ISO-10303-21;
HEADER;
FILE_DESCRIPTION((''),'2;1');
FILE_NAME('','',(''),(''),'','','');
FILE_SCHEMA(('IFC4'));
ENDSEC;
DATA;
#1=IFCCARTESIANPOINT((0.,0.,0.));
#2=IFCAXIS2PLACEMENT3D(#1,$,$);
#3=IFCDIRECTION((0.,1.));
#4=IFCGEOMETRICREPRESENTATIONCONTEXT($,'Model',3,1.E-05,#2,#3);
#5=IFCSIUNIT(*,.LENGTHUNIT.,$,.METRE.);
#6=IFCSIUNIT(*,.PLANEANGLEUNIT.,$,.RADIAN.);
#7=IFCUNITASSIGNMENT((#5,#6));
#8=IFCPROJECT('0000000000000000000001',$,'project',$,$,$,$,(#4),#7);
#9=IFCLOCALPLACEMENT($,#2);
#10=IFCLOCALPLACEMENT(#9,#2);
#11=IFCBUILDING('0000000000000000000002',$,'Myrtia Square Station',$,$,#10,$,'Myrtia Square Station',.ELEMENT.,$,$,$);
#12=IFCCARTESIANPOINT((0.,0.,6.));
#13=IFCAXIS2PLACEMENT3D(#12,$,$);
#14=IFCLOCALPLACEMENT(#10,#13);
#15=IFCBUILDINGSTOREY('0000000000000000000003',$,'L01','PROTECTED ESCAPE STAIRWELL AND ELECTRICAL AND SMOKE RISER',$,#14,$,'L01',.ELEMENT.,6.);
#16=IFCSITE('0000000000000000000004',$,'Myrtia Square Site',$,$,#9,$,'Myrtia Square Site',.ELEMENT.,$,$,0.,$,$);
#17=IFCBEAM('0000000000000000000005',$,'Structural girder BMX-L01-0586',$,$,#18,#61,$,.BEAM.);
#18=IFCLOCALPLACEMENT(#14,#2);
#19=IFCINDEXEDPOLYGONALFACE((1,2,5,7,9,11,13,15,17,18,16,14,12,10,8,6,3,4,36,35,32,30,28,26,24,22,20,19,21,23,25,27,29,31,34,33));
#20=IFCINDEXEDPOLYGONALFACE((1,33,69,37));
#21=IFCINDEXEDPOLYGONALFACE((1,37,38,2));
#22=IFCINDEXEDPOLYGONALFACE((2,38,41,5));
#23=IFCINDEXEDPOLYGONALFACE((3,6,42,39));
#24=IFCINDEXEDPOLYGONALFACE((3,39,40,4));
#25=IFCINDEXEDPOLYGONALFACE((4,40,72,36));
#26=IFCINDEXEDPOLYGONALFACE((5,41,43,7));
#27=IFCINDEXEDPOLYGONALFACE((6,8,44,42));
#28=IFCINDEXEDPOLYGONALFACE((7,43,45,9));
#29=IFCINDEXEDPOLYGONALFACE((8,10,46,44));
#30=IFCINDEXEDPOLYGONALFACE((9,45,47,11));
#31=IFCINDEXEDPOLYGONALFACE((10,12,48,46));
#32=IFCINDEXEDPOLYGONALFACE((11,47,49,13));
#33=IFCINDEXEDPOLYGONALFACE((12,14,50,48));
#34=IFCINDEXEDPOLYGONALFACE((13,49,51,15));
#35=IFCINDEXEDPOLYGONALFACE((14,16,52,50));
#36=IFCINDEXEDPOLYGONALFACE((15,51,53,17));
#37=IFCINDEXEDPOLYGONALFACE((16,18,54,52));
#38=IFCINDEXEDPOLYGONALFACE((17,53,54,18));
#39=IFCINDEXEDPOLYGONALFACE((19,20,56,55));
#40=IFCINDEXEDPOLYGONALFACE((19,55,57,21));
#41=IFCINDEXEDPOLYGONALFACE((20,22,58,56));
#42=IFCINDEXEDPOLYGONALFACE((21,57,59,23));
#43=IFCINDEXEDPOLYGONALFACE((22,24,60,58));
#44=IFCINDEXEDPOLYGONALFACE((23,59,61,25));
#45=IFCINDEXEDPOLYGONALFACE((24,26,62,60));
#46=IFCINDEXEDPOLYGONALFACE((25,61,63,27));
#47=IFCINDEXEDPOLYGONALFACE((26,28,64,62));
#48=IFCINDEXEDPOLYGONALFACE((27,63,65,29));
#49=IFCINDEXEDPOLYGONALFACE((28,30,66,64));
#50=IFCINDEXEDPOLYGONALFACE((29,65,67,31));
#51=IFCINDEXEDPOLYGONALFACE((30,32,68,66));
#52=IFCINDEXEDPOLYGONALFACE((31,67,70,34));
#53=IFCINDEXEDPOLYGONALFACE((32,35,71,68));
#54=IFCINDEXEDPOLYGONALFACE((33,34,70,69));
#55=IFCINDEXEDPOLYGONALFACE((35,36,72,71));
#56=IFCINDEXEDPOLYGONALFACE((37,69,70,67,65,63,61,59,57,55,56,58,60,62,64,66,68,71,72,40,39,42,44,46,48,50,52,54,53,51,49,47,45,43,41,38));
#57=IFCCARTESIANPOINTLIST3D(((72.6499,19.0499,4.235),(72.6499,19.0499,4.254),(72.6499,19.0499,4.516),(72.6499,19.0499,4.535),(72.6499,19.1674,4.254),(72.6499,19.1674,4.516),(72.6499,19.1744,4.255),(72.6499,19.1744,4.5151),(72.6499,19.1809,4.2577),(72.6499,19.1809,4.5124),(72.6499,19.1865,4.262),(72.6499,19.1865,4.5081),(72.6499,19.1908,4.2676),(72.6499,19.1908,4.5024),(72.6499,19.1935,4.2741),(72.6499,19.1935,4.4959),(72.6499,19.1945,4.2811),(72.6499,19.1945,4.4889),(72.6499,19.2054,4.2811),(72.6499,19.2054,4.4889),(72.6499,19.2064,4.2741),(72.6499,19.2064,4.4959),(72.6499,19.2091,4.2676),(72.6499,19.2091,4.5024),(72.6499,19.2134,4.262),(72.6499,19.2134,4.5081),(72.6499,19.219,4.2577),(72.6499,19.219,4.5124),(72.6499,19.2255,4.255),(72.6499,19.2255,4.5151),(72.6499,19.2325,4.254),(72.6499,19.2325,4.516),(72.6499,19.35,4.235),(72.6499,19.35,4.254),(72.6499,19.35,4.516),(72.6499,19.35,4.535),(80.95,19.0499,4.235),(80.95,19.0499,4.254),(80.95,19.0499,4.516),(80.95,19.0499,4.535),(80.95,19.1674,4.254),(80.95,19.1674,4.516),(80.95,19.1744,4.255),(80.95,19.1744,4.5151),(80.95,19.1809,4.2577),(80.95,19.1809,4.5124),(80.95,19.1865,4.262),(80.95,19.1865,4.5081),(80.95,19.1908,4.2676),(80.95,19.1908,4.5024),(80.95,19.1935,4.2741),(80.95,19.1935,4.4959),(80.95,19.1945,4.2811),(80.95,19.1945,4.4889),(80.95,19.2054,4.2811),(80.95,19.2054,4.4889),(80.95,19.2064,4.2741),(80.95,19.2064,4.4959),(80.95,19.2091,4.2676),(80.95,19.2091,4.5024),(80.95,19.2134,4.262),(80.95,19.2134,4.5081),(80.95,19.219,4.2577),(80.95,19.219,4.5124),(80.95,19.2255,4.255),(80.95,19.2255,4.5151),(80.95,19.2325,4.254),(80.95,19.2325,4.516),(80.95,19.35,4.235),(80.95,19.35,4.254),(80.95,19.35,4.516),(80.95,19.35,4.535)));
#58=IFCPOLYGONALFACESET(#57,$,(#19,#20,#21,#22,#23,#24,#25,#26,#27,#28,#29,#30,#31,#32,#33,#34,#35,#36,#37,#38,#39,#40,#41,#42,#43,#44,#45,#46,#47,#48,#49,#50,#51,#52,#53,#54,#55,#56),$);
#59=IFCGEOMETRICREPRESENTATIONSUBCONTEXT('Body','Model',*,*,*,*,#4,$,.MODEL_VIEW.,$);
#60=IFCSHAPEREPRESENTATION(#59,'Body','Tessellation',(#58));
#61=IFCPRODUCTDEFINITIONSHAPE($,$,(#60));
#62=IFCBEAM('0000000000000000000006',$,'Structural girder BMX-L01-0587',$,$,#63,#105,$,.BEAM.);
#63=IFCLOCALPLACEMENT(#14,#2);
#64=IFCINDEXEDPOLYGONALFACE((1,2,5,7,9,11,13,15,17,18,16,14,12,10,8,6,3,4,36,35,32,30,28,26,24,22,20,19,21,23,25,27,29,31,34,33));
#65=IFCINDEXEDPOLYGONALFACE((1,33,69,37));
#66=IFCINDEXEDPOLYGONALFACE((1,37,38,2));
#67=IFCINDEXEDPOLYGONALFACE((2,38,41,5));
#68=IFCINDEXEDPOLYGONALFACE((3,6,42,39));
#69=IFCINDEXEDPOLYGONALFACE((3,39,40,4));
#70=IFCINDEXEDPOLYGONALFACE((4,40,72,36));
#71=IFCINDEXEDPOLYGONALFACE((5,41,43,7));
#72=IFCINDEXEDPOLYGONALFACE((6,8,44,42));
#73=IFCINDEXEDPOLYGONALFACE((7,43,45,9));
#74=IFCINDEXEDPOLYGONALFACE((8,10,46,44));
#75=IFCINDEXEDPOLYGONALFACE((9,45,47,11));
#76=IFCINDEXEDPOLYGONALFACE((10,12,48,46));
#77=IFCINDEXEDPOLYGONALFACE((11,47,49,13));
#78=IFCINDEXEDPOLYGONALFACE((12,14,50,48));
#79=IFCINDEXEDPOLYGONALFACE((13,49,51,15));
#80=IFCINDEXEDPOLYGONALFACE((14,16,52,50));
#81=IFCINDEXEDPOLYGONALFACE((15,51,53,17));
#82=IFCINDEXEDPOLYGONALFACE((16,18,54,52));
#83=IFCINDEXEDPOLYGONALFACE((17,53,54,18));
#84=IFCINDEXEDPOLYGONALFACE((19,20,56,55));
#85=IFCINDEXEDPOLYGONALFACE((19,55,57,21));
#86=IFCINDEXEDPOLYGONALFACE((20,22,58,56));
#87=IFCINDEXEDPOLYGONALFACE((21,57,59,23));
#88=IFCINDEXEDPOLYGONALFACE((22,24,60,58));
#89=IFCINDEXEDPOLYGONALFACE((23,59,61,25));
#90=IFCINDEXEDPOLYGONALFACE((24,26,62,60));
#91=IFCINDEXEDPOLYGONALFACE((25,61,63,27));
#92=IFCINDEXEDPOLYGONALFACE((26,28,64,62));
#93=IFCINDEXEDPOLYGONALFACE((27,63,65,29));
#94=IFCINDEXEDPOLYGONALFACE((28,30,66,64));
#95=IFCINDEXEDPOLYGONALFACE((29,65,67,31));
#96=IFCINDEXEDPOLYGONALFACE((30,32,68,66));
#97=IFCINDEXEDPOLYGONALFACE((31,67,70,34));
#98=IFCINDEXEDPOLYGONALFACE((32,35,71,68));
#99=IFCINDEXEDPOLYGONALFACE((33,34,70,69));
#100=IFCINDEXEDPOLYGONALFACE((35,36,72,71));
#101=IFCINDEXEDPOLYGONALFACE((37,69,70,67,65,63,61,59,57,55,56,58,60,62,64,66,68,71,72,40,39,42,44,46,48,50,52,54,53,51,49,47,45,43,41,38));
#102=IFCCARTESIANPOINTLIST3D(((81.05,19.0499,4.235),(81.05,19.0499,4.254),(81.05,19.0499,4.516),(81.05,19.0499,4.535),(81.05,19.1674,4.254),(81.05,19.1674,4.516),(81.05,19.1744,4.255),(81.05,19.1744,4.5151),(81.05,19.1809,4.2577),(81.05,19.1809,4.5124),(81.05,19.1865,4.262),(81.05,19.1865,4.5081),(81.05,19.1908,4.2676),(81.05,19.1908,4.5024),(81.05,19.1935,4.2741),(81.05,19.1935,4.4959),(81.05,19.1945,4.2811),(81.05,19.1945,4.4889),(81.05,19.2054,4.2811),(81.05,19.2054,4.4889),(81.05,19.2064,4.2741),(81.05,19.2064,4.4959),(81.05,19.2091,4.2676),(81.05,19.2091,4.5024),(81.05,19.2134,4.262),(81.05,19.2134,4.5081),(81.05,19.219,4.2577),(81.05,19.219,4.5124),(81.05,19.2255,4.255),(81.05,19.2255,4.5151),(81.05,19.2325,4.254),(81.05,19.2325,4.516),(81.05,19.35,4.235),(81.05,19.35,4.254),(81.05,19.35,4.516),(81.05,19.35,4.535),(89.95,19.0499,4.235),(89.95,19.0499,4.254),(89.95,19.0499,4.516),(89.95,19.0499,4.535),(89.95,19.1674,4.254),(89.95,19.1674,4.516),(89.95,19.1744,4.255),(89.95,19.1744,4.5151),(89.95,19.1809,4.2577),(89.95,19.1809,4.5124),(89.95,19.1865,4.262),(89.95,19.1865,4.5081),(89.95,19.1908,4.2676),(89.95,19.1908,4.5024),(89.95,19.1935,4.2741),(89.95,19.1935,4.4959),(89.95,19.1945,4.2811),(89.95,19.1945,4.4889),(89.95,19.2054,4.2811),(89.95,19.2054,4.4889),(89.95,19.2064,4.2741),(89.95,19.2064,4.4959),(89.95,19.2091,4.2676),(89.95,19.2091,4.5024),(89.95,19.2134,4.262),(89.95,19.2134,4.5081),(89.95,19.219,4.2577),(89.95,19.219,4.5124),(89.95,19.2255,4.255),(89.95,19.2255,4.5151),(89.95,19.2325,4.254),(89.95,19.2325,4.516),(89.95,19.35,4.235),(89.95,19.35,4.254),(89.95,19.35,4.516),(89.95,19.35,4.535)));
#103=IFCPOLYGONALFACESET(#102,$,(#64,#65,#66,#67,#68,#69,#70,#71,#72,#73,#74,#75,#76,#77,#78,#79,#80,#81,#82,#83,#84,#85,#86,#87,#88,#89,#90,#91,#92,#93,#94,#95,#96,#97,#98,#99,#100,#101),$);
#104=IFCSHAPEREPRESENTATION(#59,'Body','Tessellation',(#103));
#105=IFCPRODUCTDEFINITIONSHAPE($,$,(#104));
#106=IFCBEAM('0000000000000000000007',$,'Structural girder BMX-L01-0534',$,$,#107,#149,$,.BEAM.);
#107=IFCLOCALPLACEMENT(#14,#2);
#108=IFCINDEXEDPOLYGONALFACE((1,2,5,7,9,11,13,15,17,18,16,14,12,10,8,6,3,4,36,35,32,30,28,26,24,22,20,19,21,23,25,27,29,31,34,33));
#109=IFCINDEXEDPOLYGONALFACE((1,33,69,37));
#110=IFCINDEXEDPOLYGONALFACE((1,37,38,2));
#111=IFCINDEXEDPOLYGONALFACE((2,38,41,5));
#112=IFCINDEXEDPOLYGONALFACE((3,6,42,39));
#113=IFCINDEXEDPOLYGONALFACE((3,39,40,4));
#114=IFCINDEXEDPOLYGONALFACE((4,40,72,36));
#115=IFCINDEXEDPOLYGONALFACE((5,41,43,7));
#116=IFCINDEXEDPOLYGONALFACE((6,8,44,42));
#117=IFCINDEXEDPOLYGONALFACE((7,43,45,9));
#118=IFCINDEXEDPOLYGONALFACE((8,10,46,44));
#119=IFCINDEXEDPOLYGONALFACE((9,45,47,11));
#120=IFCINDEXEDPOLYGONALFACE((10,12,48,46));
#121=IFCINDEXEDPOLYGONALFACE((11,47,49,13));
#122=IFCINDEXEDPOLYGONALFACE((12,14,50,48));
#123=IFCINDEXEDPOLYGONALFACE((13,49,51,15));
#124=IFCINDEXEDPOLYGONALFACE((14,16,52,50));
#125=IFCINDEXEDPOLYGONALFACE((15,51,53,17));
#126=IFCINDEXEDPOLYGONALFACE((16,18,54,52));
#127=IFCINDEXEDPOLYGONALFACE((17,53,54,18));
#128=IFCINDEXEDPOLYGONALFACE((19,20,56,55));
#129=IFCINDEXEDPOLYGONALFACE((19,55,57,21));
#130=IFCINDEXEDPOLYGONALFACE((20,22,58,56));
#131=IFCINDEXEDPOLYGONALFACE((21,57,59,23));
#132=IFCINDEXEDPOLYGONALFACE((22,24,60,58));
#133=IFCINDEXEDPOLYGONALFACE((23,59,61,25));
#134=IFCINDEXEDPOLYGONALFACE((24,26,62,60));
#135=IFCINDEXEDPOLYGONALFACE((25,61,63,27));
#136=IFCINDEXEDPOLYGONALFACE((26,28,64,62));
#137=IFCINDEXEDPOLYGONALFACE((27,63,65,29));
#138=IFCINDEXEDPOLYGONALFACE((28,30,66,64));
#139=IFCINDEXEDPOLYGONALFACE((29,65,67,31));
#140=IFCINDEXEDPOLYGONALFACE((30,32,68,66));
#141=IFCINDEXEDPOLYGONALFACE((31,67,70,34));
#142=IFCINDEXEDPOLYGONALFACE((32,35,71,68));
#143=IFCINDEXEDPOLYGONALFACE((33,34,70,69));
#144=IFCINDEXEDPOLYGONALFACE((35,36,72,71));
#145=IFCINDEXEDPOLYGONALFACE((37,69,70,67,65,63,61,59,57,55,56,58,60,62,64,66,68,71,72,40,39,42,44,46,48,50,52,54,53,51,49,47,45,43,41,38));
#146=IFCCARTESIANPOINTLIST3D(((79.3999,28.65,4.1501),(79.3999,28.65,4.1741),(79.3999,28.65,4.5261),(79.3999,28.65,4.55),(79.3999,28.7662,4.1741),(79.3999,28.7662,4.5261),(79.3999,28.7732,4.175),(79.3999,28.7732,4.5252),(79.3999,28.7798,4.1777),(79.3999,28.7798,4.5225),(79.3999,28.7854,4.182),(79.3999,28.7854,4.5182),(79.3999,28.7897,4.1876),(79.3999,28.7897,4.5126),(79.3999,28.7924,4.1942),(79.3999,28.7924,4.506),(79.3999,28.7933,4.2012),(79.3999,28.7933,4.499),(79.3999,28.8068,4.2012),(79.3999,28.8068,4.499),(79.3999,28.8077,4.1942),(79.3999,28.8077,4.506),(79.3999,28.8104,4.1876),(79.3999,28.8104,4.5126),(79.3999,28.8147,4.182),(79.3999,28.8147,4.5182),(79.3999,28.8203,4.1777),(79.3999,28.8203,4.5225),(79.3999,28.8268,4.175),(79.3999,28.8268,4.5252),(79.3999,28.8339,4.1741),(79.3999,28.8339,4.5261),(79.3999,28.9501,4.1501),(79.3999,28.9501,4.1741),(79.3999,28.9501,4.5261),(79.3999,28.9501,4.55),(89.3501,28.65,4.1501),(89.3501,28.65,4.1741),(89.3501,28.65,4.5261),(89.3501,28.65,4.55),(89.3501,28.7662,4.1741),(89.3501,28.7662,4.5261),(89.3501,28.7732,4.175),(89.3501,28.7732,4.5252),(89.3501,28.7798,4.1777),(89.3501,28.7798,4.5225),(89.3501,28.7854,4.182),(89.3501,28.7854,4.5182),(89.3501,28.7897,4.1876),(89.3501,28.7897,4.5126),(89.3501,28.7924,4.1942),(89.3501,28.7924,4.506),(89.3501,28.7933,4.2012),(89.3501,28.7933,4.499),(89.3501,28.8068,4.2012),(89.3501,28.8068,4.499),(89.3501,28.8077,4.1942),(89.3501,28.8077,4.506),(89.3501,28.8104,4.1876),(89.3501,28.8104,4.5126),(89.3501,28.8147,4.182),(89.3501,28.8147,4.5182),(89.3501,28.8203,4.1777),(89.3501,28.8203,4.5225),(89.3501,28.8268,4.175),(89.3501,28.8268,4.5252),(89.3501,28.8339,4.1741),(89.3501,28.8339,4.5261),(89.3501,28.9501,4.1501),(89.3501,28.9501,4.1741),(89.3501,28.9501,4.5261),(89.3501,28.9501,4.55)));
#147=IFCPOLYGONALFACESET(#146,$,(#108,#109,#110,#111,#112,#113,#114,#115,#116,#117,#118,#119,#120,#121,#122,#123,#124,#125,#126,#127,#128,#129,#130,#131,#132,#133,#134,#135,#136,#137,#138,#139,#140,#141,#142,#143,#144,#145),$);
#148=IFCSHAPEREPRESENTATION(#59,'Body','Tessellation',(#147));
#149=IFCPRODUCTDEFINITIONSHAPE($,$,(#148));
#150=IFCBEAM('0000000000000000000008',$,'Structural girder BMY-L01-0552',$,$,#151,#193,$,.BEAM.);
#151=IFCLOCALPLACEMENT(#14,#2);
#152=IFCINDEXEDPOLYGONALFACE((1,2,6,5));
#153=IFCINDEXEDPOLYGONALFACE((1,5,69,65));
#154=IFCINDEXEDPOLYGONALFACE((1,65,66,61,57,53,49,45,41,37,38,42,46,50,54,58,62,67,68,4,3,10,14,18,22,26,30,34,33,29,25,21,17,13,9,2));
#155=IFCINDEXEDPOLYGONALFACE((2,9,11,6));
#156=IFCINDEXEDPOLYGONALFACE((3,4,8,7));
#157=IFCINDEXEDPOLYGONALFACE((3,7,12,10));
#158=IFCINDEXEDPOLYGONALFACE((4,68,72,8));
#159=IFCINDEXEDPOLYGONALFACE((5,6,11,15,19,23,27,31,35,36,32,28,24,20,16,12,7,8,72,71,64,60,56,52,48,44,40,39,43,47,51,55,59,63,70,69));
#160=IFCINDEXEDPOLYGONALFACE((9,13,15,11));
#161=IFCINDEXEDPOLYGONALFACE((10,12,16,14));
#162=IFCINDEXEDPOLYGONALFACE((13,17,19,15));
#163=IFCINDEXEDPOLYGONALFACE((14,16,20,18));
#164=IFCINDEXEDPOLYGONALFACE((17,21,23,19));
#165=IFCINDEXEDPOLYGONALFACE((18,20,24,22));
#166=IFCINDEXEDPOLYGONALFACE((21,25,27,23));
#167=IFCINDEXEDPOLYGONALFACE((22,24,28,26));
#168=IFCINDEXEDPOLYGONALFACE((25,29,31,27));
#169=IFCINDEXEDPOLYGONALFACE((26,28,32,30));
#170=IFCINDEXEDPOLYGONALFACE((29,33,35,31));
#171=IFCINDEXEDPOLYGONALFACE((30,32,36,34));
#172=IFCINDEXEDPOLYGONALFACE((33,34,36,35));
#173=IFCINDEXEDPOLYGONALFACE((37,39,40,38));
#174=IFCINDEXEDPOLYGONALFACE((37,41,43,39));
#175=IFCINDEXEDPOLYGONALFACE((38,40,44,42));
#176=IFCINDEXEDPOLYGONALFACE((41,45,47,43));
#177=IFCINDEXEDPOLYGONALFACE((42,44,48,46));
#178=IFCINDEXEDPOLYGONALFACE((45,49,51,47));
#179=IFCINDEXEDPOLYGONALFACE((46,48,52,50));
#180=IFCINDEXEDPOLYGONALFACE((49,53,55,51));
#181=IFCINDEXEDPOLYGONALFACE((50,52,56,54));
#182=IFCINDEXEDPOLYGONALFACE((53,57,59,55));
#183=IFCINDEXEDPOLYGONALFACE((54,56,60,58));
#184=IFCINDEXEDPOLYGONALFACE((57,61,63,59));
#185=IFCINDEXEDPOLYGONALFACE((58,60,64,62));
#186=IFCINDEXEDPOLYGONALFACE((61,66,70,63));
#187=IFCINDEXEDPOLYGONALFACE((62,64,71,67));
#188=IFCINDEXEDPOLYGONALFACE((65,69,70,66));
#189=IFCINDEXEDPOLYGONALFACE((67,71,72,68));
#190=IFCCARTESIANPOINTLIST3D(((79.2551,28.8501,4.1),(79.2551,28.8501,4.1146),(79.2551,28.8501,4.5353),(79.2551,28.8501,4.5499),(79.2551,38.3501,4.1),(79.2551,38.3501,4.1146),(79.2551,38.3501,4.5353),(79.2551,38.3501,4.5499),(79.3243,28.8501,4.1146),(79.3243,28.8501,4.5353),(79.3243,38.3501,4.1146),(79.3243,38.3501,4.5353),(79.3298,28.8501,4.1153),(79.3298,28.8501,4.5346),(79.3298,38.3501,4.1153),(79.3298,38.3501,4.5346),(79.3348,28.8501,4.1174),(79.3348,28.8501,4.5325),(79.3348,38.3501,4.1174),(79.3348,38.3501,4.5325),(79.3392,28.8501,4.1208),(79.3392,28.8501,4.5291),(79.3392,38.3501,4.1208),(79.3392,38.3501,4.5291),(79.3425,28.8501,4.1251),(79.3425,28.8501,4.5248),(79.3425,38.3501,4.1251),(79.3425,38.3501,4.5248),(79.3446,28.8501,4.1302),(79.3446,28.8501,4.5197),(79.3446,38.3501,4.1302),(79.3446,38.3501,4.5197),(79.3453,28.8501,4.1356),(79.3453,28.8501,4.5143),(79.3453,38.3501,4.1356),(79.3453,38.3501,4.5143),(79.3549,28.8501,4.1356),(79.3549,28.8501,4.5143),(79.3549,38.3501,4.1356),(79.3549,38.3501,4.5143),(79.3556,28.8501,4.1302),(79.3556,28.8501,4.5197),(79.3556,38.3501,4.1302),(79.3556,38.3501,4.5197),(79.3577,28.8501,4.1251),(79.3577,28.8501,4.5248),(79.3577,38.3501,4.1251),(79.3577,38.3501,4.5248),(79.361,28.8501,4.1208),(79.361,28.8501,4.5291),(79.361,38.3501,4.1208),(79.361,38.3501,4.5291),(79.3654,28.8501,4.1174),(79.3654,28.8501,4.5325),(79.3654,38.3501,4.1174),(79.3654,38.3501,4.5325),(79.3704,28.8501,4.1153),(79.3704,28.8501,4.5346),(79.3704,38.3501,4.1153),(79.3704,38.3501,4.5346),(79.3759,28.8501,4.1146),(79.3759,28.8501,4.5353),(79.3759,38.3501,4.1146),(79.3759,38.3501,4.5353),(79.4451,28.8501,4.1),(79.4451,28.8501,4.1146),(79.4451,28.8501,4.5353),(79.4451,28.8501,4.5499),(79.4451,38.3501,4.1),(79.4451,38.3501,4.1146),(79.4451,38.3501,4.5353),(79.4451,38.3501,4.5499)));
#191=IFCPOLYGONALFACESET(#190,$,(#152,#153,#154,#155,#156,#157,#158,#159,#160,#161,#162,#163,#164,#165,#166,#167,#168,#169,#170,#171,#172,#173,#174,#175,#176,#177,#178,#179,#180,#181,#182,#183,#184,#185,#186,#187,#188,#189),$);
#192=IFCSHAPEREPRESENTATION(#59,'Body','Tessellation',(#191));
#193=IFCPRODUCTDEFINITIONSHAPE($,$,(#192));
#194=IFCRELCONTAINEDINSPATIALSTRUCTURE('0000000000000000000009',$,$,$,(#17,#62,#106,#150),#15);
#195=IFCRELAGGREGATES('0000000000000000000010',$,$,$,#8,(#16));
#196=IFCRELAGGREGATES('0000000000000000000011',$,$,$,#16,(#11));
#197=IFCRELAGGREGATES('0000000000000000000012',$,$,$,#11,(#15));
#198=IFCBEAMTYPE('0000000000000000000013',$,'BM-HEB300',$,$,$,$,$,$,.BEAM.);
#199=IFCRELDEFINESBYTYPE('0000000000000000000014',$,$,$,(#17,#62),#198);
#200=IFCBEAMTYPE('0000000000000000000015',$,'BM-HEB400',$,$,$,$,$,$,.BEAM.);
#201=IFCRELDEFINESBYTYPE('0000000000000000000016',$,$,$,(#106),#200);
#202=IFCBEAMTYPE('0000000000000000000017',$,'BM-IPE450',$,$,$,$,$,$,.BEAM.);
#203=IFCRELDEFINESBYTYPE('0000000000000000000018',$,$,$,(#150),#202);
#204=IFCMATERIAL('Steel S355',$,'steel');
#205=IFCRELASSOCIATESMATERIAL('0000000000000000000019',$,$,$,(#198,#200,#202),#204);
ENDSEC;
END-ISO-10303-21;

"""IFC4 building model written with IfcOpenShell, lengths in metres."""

from ifc_helpers import new_model, si_unit, direction, frame, origin, origin_2d, place, context, subcontext, project, spatial, i_section, extrude, material, material_profile, profile_set, type_object, element, save


model = new_model("IFC4")

# Units and contexts
model_context = context("Model", 3, precision=1e-05, world=origin(), true_north=direction((0.0, 1.0)))
body_context = subcontext(model_context, "Body", "Model", "MODEL_VIEW")
ifc_project = project(units=[si_unit("LENGTHUNIT", "METRE"), si_unit("PLANEANGLEUNIT", "RADIAN")], contexts=[model_context])

# Site, building, storey
site_placement = place(None, origin())
site = spatial("IfcSite", under=ifc_project, at=site_placement, Name="Myrtia Square Site", LongName="Myrtia Square Site", CompositionType="ELEMENT", RefElevation=0.0)
building_placement = place(site_placement, origin())
building = spatial("IfcBuilding", under=site, at=building_placement, Name="Myrtia Square Station", LongName="Myrtia Square Station", CompositionType="ELEMENT")
storey_placement = place(building_placement, frame((0.0, 0.0, 6.0)))
storey = spatial("IfcBuildingStorey", under=building, at=storey_placement, Name="L01", Description="PROTECTED ESCAPE STAIRWELL AND ELECTRICAL AND SMOKE RISER", LongName="L01", CompositionType="ELEMENT", Elevation=6.0)

# Shared definitions
ifc_material_1 = material(Name="Steel S355", Category="steel")

# Beams
ifc_material_profile_1 = material_profile(ifc_material_1, i_section(OverallWidth=0.3, OverallDepth=0.3, WebThickness=0.011, FlangeThickness=0.019, FilletRadius=0.0271, at=origin_2d()), Name="HEB 300")
ifc_profile_set_1 = profile_set([ifc_material_profile_1], Name="Steel S355")
beam_type_1 = type_object("IfcBeamType", Name="BM-HEB300", PredefinedType="BEAM", material=ifc_profile_set_1)
beam_1_placement = place(storey_placement, frame((72.6499, 19.2, 4.385), z_axis=(1.0, 0.0, 0.0), x_axis=(0.0, 1.0, 0.0)))
element("IfcBeam", 1, at=beam_1_placement, inside=storey, type_object=beam_type_1, Name="Structural girder BMX-L01-0586", PredefinedType="BEAM", context=body_context, shape_type="SweptSolid", body=[
    extrude(i_section(OverallWidth=0.3, OverallDepth=0.3, WebThickness=0.011, FlangeThickness=0.019, FilletRadius=0.0271, at=origin_2d()), origin(), (0.0, 0.0, 1.0), 8.3),
])
beam_2_placement = place(storey_placement, frame((81.05, 19.2, 4.385), z_axis=(1.0, 0.0, 0.0), x_axis=(0.0, 1.0, 0.0)))
element("IfcBeam", 2, at=beam_2_placement, inside=storey, type_object=beam_type_1, Name="Structural girder BMX-L01-0587", PredefinedType="BEAM", context=body_context, shape_type="SweptSolid", body=[
    extrude(i_section(OverallWidth=0.3, OverallDepth=0.3, WebThickness=0.011, FlangeThickness=0.019, FilletRadius=0.0271, at=origin_2d()), origin(), (0.0, 0.0, 1.0), 8.8999),
])
ifc_material_profile_2 = material_profile(ifc_material_1, i_section(OverallWidth=0.3, OverallDepth=0.3999, WebThickness=0.0134, FlangeThickness=0.0239, FilletRadius=0.0271, at=origin_2d()), Name="HEB 400")
ifc_profile_set_2 = profile_set([ifc_material_profile_2], Name="Steel S355")
beam_type_2 = type_object("IfcBeamType", Name="BM-HEB400", PredefinedType="BEAM", material=ifc_profile_set_2)
beam_3_placement = place(storey_placement, frame((79.3999, 28.8, 4.3501), z_axis=(1.0, 0.0, 0.0), x_axis=(0.0, 1.0, 0.0)))
element("IfcBeam", 3, at=beam_3_placement, inside=storey, type_object=beam_type_2, Name="Structural girder BMX-L01-0534", PredefinedType="BEAM", context=body_context, shape_type="SweptSolid", body=[
    extrude(i_section(OverallWidth=0.3, OverallDepth=0.3999, WebThickness=0.0134, FlangeThickness=0.0239, FilletRadius=0.0271, at=origin_2d()), origin(), (0.0, 0.0, 1.0), 9.9502),
])
ifc_material_profile_3 = material_profile(ifc_material_1, i_section(OverallWidth=0.1899, OverallDepth=0.45, WebThickness=0.0095, FlangeThickness=0.0146, FilletRadius=0.021, at=origin_2d()), Name="IPE 450")
ifc_profile_set_3 = profile_set([ifc_material_profile_3], Name="Steel S355")
beam_type_3 = type_object("IfcBeamType", Name="BM-IPE450", PredefinedType="BEAM", material=ifc_profile_set_3)
beam_4_placement = place(storey_placement, frame((79.3501, 28.8501, 4.325), z_axis=(0.0, 1.0, 0.0), x_axis=(-1.0, 0.0, 0.0)))
element("IfcBeam", 4, at=beam_4_placement, inside=storey, type_object=beam_type_3, Name="Structural girder BMY-L01-0552", PredefinedType="BEAM", context=body_context, shape_type="SweptSolid", body=[
    extrude(i_section(OverallWidth=0.1899, OverallDepth=0.45, WebThickness=0.0095, FlangeThickness=0.0146, FilletRadius=0.021, at=origin_2d()), origin(), (0.0, 0.0, 1.0), 9.5),
])

save(model, "model.ifc")
